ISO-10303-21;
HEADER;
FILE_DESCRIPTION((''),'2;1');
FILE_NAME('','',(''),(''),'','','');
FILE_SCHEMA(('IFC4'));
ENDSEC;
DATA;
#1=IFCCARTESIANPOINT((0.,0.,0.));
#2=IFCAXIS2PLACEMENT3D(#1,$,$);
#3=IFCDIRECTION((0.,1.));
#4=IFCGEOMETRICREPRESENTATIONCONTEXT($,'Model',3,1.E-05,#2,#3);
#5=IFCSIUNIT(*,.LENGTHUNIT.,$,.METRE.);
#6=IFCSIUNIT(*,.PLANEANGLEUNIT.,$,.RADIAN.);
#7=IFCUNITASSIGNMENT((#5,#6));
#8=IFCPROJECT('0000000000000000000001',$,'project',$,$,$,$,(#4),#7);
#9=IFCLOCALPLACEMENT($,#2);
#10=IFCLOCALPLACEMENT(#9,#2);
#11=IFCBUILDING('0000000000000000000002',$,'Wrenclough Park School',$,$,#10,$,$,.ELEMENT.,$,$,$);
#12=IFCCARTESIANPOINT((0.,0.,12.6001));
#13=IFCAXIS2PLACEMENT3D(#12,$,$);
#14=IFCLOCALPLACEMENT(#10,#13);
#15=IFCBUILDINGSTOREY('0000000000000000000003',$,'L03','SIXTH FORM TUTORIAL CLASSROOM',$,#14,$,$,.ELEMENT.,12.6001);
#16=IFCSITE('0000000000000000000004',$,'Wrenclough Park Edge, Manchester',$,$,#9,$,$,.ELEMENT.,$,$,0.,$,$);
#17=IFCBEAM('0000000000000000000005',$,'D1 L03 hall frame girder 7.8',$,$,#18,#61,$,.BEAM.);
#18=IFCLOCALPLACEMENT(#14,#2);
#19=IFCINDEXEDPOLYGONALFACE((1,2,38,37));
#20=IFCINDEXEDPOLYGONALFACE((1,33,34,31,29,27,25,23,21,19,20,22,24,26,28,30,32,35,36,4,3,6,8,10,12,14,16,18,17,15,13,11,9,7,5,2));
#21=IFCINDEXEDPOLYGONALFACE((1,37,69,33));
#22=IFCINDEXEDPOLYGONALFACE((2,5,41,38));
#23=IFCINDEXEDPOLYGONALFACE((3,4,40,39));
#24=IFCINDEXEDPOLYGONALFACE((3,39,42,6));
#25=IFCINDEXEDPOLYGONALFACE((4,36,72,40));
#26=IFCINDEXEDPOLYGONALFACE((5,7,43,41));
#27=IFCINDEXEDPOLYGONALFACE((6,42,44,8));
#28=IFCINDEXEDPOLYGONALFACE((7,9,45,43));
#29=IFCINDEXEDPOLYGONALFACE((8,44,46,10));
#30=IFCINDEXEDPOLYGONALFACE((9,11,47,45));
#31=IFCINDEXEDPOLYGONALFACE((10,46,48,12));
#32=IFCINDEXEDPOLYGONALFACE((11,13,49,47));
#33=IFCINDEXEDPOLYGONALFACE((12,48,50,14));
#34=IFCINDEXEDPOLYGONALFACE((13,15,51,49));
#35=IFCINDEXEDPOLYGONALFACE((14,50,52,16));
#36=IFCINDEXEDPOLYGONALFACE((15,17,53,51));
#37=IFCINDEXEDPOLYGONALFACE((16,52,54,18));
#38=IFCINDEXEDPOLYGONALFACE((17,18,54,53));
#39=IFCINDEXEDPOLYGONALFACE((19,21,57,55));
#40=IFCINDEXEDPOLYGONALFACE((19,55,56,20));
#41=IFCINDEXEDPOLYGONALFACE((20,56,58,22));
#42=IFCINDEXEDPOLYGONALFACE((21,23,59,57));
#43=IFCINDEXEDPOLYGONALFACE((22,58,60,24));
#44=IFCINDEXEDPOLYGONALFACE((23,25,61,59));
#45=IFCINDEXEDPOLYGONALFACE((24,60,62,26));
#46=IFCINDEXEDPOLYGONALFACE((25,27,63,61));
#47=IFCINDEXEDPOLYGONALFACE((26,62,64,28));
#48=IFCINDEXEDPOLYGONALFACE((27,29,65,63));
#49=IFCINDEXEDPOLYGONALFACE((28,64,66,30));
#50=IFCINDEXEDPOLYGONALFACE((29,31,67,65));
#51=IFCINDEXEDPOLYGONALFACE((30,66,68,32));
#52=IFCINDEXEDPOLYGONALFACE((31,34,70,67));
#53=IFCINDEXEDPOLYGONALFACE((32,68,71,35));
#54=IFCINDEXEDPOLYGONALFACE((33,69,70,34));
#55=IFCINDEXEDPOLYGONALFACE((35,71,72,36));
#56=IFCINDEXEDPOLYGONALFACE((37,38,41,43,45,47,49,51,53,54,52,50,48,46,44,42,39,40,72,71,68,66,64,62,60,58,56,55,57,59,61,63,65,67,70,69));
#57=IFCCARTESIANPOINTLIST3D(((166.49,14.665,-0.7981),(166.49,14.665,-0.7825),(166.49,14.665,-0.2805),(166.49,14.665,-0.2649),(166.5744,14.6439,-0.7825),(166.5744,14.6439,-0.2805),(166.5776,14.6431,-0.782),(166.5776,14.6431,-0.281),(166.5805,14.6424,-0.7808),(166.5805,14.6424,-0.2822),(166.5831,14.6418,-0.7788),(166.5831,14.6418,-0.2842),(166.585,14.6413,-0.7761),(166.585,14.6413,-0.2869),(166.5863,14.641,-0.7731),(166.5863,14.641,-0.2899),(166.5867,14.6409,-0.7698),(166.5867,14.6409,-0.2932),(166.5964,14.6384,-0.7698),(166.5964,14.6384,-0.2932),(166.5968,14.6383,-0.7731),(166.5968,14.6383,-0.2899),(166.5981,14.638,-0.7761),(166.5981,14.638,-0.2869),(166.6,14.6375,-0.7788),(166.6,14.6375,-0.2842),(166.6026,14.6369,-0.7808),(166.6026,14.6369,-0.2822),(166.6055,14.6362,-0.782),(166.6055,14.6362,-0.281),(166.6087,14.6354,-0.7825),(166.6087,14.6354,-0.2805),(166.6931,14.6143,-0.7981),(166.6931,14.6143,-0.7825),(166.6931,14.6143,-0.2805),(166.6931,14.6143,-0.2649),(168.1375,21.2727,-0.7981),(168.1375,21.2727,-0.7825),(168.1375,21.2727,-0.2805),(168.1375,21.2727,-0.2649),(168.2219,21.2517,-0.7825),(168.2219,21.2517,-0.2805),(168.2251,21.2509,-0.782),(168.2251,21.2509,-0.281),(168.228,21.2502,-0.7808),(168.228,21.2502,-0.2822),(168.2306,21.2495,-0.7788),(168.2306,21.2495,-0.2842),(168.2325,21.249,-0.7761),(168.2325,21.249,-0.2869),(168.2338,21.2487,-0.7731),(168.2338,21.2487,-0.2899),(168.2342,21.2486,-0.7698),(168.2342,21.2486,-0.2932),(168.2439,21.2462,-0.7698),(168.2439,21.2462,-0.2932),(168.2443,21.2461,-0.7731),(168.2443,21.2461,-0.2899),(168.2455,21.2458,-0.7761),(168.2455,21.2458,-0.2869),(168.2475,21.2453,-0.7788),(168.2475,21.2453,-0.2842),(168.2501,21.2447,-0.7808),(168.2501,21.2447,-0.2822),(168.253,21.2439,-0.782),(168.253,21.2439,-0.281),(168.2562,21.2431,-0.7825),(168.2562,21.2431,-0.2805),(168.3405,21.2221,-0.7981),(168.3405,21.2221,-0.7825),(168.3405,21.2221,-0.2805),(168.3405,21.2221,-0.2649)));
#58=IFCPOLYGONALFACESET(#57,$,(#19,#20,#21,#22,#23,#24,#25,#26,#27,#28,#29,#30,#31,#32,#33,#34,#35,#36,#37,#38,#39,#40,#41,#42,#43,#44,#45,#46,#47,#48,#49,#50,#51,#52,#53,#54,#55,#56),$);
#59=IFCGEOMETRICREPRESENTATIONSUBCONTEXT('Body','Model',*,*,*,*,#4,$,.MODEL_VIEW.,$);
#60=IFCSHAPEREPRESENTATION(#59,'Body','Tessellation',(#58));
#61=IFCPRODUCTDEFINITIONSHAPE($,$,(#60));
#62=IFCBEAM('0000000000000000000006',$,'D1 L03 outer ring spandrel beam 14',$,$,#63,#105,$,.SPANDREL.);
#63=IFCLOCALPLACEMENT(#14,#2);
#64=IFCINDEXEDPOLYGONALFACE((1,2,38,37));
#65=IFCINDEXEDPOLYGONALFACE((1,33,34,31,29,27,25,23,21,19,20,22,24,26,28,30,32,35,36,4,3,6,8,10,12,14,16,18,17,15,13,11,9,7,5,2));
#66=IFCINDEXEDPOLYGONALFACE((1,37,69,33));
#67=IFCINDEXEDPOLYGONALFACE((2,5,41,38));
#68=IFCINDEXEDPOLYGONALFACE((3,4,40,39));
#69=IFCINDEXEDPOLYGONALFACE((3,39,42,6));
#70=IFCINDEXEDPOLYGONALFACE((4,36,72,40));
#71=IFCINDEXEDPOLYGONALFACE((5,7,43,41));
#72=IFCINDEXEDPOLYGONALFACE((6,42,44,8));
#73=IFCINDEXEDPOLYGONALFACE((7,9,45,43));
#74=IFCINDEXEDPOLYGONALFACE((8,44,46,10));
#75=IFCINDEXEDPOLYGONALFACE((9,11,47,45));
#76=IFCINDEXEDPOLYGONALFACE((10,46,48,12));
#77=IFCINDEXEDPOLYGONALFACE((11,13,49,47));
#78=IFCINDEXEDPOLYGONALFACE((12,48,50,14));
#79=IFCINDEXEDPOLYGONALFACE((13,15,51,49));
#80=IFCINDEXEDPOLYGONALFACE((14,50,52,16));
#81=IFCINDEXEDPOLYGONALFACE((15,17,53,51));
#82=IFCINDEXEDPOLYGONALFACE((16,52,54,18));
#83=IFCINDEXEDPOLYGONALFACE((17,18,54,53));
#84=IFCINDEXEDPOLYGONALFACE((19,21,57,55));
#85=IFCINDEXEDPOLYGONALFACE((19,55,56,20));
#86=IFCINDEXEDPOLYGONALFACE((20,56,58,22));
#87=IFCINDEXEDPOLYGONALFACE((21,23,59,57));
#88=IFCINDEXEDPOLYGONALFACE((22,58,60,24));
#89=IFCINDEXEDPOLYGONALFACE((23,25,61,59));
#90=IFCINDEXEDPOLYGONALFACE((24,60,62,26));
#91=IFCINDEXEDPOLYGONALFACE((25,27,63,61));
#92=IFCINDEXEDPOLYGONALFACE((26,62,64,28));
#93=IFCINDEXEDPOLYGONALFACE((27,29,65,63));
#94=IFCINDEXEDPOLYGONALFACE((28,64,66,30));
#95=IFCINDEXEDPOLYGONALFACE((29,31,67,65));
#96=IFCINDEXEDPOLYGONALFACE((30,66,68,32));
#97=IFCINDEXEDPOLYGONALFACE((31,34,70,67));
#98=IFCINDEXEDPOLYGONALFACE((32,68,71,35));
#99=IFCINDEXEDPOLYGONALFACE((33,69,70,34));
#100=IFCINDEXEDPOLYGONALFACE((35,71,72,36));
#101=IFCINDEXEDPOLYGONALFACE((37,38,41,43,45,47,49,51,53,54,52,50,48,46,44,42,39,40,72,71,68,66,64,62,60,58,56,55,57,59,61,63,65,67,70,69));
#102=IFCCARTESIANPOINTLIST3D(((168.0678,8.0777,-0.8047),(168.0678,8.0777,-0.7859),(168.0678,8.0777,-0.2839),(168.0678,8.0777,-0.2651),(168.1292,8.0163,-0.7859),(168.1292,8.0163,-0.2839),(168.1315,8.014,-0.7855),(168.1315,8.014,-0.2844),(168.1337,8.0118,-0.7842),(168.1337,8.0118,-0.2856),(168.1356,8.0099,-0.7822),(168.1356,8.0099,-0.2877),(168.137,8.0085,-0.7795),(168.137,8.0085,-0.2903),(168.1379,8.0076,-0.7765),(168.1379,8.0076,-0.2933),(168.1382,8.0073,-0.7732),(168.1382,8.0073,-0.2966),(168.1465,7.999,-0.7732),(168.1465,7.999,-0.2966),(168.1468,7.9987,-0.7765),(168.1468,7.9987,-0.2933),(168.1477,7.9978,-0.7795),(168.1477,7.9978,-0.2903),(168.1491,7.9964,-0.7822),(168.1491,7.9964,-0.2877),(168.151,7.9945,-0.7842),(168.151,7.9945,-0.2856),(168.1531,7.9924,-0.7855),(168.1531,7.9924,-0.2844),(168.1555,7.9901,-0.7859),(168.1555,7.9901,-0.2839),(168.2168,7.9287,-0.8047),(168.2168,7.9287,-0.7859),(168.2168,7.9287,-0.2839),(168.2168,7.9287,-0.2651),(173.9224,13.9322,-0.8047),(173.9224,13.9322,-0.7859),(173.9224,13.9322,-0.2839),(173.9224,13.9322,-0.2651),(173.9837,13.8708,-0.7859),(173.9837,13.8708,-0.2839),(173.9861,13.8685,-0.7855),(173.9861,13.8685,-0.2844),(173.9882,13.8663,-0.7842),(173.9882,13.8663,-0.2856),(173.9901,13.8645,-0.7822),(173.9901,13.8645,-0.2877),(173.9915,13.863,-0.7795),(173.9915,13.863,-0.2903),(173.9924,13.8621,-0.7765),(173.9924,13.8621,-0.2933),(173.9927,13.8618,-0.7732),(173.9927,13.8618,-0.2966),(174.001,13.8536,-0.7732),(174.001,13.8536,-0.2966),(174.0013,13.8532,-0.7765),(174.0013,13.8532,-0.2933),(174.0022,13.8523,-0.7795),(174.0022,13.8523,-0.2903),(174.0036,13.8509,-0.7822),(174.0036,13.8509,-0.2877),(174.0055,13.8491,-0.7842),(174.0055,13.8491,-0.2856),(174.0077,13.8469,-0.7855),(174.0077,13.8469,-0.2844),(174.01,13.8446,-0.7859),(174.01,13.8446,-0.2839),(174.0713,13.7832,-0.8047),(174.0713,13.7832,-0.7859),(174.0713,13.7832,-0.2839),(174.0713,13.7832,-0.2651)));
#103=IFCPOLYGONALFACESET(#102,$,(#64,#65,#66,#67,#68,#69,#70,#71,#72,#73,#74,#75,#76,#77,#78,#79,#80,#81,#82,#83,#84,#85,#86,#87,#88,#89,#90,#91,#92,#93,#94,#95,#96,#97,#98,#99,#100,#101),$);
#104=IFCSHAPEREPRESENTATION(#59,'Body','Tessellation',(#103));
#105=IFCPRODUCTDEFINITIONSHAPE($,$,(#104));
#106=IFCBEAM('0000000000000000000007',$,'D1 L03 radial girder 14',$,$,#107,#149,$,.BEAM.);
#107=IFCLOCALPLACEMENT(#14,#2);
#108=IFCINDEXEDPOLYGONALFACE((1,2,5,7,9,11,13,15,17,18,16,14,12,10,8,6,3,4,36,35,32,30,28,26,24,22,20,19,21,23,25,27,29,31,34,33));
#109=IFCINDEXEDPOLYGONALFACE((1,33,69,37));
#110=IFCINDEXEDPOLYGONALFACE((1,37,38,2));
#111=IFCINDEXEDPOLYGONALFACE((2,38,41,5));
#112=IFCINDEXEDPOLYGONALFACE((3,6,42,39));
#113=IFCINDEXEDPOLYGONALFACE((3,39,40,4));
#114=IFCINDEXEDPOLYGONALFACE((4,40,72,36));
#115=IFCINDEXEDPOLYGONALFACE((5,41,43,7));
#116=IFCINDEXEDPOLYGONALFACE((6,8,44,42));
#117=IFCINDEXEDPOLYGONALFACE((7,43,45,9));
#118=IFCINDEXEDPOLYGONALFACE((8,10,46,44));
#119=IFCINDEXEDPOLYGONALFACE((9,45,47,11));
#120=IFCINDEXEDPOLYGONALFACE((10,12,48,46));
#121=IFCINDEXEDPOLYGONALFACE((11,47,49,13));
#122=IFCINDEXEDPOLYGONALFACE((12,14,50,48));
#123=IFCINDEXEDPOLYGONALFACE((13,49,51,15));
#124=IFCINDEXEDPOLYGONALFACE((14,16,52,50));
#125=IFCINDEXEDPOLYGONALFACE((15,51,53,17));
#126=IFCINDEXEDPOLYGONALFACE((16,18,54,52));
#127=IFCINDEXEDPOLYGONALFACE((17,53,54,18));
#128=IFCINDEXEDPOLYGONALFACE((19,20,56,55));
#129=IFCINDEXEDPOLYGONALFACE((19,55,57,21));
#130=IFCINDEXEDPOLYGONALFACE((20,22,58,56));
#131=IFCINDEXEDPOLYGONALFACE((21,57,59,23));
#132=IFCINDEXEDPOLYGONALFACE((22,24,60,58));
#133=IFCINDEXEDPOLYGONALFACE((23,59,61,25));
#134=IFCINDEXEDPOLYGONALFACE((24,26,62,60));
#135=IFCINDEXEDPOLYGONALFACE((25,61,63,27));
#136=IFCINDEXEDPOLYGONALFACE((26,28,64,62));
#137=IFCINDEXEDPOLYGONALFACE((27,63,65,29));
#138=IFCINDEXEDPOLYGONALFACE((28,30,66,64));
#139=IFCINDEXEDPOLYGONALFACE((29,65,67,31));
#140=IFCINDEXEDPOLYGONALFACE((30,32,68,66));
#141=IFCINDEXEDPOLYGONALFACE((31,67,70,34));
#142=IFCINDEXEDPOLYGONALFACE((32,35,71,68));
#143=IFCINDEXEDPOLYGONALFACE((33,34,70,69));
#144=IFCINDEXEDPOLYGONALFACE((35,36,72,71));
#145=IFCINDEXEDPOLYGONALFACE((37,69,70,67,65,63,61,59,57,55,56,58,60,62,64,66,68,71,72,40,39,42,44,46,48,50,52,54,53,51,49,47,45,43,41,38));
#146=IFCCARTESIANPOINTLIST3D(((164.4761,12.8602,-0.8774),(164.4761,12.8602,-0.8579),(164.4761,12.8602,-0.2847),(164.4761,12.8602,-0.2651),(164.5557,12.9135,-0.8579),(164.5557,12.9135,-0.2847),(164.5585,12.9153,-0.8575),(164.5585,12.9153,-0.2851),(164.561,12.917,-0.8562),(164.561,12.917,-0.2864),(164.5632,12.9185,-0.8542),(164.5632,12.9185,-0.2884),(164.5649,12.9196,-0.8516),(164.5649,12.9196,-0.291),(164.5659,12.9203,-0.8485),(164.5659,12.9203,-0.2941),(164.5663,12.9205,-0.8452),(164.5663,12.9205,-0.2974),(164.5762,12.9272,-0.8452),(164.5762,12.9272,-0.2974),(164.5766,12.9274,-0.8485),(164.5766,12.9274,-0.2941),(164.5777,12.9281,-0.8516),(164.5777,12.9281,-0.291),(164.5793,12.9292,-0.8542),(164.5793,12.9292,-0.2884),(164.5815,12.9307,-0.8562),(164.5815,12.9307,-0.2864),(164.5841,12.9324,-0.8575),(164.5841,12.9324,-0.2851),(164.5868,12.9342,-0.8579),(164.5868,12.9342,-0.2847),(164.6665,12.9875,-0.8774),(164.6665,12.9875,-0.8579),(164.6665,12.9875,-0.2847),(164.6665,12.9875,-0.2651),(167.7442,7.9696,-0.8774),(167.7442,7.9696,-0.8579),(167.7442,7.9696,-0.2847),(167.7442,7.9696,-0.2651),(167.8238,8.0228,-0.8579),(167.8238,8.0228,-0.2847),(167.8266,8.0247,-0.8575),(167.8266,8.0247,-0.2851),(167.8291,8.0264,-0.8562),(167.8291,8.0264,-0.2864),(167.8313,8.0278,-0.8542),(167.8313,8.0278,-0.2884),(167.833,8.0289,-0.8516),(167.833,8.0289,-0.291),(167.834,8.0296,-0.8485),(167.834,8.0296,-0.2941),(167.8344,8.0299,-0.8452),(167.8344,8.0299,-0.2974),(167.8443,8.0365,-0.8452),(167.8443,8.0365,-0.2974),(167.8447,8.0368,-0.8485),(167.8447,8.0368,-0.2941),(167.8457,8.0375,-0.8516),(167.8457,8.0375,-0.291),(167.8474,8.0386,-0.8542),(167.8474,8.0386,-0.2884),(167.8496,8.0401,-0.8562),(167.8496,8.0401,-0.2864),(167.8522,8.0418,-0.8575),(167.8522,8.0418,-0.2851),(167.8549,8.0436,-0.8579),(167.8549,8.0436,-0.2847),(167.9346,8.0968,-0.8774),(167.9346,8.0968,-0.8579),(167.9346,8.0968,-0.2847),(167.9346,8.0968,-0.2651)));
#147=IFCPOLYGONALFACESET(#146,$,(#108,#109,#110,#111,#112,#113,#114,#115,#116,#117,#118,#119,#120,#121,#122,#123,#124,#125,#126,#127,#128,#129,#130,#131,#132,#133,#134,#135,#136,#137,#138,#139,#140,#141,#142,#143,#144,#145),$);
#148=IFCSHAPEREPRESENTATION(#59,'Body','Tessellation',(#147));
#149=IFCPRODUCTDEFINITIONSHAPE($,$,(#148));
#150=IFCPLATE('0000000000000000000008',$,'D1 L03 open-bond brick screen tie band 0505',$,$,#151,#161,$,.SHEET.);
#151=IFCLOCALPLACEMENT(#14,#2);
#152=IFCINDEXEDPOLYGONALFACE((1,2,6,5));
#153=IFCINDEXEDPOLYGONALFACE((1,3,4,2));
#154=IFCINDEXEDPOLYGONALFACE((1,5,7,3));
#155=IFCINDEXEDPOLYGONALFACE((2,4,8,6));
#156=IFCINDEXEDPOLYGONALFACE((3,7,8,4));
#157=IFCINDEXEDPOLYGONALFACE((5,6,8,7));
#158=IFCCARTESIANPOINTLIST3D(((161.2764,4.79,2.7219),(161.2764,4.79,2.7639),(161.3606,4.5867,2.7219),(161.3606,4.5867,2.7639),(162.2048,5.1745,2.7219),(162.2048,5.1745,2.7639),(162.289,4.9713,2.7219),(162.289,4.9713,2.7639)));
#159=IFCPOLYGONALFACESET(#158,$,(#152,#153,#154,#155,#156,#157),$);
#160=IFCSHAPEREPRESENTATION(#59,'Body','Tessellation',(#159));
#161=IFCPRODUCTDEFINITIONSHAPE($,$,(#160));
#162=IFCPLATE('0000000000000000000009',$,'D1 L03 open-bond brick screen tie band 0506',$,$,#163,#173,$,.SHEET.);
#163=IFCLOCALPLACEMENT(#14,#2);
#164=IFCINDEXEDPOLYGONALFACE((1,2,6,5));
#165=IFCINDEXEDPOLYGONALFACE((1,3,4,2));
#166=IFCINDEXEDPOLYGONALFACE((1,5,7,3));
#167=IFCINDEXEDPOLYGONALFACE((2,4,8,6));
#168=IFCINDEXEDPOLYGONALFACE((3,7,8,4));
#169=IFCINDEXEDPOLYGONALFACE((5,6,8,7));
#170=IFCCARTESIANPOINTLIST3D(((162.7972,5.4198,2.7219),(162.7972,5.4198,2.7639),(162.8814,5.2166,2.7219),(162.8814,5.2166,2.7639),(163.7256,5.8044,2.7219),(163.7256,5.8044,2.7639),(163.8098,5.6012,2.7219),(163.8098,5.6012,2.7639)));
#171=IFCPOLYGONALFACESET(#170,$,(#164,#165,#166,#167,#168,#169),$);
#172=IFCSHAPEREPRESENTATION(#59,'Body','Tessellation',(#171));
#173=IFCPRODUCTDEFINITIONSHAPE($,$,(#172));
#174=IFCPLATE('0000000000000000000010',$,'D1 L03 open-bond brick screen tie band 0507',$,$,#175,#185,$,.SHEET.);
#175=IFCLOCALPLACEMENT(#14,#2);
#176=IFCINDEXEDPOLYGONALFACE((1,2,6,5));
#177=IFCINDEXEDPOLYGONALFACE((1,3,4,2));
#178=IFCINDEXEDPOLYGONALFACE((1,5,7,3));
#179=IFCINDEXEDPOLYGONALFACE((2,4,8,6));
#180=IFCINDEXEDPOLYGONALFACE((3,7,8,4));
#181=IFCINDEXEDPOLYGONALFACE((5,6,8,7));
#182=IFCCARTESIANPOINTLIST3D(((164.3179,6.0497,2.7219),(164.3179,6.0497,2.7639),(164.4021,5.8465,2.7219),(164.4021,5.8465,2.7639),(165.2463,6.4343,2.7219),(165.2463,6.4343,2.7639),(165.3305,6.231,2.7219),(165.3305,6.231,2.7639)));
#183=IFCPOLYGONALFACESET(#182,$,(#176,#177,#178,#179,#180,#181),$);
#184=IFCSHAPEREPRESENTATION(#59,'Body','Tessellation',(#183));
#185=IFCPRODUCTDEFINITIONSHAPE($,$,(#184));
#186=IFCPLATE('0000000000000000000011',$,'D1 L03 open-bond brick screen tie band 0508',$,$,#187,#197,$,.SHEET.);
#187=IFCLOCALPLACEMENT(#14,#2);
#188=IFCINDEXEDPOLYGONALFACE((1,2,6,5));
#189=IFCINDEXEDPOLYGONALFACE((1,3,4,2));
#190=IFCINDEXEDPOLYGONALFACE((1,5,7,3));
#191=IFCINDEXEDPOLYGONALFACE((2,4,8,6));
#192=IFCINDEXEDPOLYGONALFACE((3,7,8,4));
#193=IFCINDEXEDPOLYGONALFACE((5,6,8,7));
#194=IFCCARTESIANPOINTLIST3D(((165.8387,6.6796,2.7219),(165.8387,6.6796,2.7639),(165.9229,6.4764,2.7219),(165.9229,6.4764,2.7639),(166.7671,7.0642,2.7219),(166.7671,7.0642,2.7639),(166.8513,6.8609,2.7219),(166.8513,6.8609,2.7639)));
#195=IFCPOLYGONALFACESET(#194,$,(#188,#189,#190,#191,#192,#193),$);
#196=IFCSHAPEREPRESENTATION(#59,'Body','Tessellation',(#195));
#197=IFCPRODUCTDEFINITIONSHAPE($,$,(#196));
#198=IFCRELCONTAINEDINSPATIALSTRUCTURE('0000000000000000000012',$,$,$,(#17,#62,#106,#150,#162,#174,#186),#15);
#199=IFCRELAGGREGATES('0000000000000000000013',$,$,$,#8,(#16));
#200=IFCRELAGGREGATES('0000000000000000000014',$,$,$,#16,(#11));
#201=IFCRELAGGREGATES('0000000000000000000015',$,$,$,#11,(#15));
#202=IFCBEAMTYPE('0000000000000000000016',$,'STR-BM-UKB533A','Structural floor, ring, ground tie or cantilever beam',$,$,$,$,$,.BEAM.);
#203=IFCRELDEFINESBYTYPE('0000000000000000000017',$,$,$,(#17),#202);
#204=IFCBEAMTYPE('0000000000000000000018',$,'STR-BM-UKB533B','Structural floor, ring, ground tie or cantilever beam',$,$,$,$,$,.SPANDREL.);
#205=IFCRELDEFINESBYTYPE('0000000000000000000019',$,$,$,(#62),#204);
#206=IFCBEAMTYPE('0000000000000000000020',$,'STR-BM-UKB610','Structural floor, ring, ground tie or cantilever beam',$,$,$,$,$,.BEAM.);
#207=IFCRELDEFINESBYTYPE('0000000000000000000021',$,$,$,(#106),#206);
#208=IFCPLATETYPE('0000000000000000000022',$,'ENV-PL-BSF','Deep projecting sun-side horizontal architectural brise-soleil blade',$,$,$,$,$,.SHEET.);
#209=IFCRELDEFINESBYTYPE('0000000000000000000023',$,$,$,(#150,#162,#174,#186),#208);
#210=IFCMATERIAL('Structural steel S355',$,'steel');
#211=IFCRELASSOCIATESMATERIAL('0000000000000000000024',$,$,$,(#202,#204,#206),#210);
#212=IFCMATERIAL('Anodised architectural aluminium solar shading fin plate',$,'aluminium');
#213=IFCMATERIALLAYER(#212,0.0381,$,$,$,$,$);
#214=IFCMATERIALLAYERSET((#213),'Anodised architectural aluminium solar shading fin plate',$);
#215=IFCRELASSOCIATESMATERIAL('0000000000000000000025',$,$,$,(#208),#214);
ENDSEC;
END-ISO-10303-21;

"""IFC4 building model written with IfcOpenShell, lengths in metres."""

from ifc_helpers import new_model, si_unit, direction, frame, origin, origin_2d, place, context, subcontext, project, spatial, rectangle, i_section, extrude, material, layer, layer_set, material_profile, profile_set, type_object, element, save


model = new_model("IFC4")

# Units and contexts
model_context = context("Model", 3, precision=1e-05, world=origin(), true_north=direction((0.0, 1.0)))
body_context = subcontext(model_context, "Body", "Model", "MODEL_VIEW")
ifc_project = project(units=[si_unit("LENGTHUNIT", "METRE"), si_unit("PLANEANGLEUNIT", "RADIAN")], contexts=[model_context])

# Site, building, storey
site_placement = place(None, origin())
site = spatial("IfcSite", under=ifc_project, at=site_placement, Name="Wrenclough Park Edge, Manchester", CompositionType="ELEMENT", RefElevation=0.0)
building_placement = place(site_placement, origin())
building = spatial("IfcBuilding", under=site, at=building_placement, Name="Wrenclough Park School", CompositionType="ELEMENT")
storey_placement = place(building_placement, frame((0.0, 0.0, 12.6001)))
storey = spatial("IfcBuildingStorey", under=building, at=storey_placement, Name="L03", Description="SIXTH FORM TUTORIAL CLASSROOM", CompositionType="ELEMENT", Elevation=12.6001)

# Shared definitions
ifc_material_1 = material(Name="Structural steel S355", Category="steel")

# Beams
ifc_material_profile_1 = material_profile(ifc_material_1, i_section(OverallWidth=0.2092, OverallDepth=0.5332, WebThickness=0.01, FlangeThickness=0.0156, FilletRadius=0.0127, at=origin_2d()), Name="UKB 533x210x92")
ifc_profile_set_1 = profile_set([ifc_material_profile_1], Name="Structural steel S355")
beam_type_1 = type_object("IfcBeamType", Name="STR-BM-UKB533A", Description="Structural floor, ring, ground tie or cantilever beam", PredefinedType="BEAM", material=ifc_profile_set_1)
beam_1_placement = place(storey_placement, frame((166.5916, 14.6396, -0.5315), z_axis=(0.24192, 0.970296, 0.0), x_axis=(-0.970296, 0.24192, 0.0)))
element("IfcBeam", 1, at=beam_1_placement, inside=storey, type_object=beam_type_1, Name="D1 L03 hall frame girder 7.8", PredefinedType="BEAM", context=body_context, shape_type="SweptSolid", body=[
    extrude(i_section(OverallWidth=0.2092, OverallDepth=0.5332, WebThickness=0.01, FlangeThickness=0.0156, FilletRadius=0.0127, at=origin_2d()), origin(), (0.0, 0.0, 1.0), 6.8101),
])
ifc_material_profile_2 = material_profile(ifc_material_1, i_section(OverallWidth=0.2107, OverallDepth=0.5396, WebThickness=0.0117, FlangeThickness=0.0188, FilletRadius=0.0127, at=origin_2d()), Name="UKB 533x210x109")
ifc_profile_set_2 = profile_set([ifc_material_profile_2], Name="Structural steel S355")
beam_type_2 = type_object("IfcBeamType", Name="STR-BM-UKB533B", Description="Structural floor, ring, ground tie or cantilever beam", PredefinedType="SPANDREL", material=ifc_profile_set_2)
beam_2_placement = place(storey_placement, frame((168.1423, 8.0032, -0.5349), z_axis=(0.707107, 0.707107, 0.0), x_axis=(-0.707107, 0.707107, 0.0)))
element("IfcBeam", 2, at=beam_2_placement, inside=storey, type_object=beam_type_2, Name="D1 L03 outer ring spandrel beam 14", PredefinedType="SPANDREL", context=body_context, shape_type="SweptSolid", body=[
    extrude(i_section(OverallWidth=0.2107, OverallDepth=0.5396, WebThickness=0.0117, FlangeThickness=0.0188, FilletRadius=0.0127, at=origin_2d()), origin(), (0.0, 0.0, 1.0), 8.2795),
])
ifc_material_profile_3 = material_profile(ifc_material_1, i_section(OverallWidth=0.229, OverallDepth=0.6123, WebThickness=0.012, FlangeThickness=0.0195, FilletRadius=0.0127, at=origin_2d()), Name="UKB 610x229x125")
ifc_profile_set_3 = profile_set([ifc_material_profile_3], Name="Structural steel S355")
beam_type_3 = type_object("IfcBeamType", Name="STR-BM-UKB610", Description="Structural floor, ring, ground tie or cantilever beam", PredefinedType="BEAM", material=ifc_profile_set_3)
beam_3_placement = place(storey_placement, frame((167.8394, 8.0332, -0.5713), z_axis=(-0.5556, 0.83145, 0.0), x_axis=(-0.83145, -0.5556, 0.0)))
element("IfcBeam", 3, at=beam_3_placement, inside=storey, type_object=beam_type_3, Name="D1 L03 radial girder 14", PredefinedType="BEAM", context=body_context, shape_type="SweptSolid", body=[
    extrude(i_section(OverallWidth=0.229, OverallDepth=0.6123, WebThickness=0.012, FlangeThickness=0.0195, FilletRadius=0.0127, at=origin_2d()), origin(), (0.0, 0.0, 1.0), 5.8821),
])

# Plates
ifc_material_2 = material(Name="Anodised architectural aluminium solar shading fin plate", Category="aluminium")
ifc_layer_1 = layer(ifc_material_2, 0.0381)
ifc_layer_set_1 = layer_set([ifc_layer_1], Name="Anodised architectural aluminium solar shading fin plate")
plate_type = type_object("IfcPlateType", Name="ENV-PL-BSF", Description="Deep projecting sun-side horizontal architectural brise-soleil blade", PredefinedType="SHEET", material=ifc_layer_set_1)
for number, where, z_axis, x_axis, name in (
    (4, (161.7827, 4.8806, 2.7219), (0.0, 0.0, 1.0), (0.923879, 0.382684, 0.0), "D1 L03 open-bond brick screen tie band 0505"),
    (5, (163.3035, 5.5105, 2.7219), (0.0, 0.0, 1.0), (0.923879, 0.382684, 0.0), "D1 L03 open-bond brick screen tie band 0506"),
    (6, (164.8242, 6.1404, 2.7219), (0.0, 0.0, 1.0), (0.923879, 0.382684, 0.0), "D1 L03 open-bond brick screen tie band 0507"),
    (7, (166.345, 6.7703, 2.7219), (0.0, 0.0, 1.0), (0.923879, 0.382684, 0.0), "D1 L03 open-bond brick screen tie band 0508"),
):
    element("IfcPlate", number, at=place(storey_placement, frame(where, z_axis=z_axis, x_axis=x_axis)), inside=storey, type_object=plate_type, Name=name, PredefinedType="SHEET", context=body_context, shape_type="SweptSolid", body=[
        extrude(rectangle(XDim=1.0049, YDim=0.22, at=origin_2d()), origin(), (0.0, 0.0, 1.0), 0.042),
    ])

save(model, "model.ifc")
